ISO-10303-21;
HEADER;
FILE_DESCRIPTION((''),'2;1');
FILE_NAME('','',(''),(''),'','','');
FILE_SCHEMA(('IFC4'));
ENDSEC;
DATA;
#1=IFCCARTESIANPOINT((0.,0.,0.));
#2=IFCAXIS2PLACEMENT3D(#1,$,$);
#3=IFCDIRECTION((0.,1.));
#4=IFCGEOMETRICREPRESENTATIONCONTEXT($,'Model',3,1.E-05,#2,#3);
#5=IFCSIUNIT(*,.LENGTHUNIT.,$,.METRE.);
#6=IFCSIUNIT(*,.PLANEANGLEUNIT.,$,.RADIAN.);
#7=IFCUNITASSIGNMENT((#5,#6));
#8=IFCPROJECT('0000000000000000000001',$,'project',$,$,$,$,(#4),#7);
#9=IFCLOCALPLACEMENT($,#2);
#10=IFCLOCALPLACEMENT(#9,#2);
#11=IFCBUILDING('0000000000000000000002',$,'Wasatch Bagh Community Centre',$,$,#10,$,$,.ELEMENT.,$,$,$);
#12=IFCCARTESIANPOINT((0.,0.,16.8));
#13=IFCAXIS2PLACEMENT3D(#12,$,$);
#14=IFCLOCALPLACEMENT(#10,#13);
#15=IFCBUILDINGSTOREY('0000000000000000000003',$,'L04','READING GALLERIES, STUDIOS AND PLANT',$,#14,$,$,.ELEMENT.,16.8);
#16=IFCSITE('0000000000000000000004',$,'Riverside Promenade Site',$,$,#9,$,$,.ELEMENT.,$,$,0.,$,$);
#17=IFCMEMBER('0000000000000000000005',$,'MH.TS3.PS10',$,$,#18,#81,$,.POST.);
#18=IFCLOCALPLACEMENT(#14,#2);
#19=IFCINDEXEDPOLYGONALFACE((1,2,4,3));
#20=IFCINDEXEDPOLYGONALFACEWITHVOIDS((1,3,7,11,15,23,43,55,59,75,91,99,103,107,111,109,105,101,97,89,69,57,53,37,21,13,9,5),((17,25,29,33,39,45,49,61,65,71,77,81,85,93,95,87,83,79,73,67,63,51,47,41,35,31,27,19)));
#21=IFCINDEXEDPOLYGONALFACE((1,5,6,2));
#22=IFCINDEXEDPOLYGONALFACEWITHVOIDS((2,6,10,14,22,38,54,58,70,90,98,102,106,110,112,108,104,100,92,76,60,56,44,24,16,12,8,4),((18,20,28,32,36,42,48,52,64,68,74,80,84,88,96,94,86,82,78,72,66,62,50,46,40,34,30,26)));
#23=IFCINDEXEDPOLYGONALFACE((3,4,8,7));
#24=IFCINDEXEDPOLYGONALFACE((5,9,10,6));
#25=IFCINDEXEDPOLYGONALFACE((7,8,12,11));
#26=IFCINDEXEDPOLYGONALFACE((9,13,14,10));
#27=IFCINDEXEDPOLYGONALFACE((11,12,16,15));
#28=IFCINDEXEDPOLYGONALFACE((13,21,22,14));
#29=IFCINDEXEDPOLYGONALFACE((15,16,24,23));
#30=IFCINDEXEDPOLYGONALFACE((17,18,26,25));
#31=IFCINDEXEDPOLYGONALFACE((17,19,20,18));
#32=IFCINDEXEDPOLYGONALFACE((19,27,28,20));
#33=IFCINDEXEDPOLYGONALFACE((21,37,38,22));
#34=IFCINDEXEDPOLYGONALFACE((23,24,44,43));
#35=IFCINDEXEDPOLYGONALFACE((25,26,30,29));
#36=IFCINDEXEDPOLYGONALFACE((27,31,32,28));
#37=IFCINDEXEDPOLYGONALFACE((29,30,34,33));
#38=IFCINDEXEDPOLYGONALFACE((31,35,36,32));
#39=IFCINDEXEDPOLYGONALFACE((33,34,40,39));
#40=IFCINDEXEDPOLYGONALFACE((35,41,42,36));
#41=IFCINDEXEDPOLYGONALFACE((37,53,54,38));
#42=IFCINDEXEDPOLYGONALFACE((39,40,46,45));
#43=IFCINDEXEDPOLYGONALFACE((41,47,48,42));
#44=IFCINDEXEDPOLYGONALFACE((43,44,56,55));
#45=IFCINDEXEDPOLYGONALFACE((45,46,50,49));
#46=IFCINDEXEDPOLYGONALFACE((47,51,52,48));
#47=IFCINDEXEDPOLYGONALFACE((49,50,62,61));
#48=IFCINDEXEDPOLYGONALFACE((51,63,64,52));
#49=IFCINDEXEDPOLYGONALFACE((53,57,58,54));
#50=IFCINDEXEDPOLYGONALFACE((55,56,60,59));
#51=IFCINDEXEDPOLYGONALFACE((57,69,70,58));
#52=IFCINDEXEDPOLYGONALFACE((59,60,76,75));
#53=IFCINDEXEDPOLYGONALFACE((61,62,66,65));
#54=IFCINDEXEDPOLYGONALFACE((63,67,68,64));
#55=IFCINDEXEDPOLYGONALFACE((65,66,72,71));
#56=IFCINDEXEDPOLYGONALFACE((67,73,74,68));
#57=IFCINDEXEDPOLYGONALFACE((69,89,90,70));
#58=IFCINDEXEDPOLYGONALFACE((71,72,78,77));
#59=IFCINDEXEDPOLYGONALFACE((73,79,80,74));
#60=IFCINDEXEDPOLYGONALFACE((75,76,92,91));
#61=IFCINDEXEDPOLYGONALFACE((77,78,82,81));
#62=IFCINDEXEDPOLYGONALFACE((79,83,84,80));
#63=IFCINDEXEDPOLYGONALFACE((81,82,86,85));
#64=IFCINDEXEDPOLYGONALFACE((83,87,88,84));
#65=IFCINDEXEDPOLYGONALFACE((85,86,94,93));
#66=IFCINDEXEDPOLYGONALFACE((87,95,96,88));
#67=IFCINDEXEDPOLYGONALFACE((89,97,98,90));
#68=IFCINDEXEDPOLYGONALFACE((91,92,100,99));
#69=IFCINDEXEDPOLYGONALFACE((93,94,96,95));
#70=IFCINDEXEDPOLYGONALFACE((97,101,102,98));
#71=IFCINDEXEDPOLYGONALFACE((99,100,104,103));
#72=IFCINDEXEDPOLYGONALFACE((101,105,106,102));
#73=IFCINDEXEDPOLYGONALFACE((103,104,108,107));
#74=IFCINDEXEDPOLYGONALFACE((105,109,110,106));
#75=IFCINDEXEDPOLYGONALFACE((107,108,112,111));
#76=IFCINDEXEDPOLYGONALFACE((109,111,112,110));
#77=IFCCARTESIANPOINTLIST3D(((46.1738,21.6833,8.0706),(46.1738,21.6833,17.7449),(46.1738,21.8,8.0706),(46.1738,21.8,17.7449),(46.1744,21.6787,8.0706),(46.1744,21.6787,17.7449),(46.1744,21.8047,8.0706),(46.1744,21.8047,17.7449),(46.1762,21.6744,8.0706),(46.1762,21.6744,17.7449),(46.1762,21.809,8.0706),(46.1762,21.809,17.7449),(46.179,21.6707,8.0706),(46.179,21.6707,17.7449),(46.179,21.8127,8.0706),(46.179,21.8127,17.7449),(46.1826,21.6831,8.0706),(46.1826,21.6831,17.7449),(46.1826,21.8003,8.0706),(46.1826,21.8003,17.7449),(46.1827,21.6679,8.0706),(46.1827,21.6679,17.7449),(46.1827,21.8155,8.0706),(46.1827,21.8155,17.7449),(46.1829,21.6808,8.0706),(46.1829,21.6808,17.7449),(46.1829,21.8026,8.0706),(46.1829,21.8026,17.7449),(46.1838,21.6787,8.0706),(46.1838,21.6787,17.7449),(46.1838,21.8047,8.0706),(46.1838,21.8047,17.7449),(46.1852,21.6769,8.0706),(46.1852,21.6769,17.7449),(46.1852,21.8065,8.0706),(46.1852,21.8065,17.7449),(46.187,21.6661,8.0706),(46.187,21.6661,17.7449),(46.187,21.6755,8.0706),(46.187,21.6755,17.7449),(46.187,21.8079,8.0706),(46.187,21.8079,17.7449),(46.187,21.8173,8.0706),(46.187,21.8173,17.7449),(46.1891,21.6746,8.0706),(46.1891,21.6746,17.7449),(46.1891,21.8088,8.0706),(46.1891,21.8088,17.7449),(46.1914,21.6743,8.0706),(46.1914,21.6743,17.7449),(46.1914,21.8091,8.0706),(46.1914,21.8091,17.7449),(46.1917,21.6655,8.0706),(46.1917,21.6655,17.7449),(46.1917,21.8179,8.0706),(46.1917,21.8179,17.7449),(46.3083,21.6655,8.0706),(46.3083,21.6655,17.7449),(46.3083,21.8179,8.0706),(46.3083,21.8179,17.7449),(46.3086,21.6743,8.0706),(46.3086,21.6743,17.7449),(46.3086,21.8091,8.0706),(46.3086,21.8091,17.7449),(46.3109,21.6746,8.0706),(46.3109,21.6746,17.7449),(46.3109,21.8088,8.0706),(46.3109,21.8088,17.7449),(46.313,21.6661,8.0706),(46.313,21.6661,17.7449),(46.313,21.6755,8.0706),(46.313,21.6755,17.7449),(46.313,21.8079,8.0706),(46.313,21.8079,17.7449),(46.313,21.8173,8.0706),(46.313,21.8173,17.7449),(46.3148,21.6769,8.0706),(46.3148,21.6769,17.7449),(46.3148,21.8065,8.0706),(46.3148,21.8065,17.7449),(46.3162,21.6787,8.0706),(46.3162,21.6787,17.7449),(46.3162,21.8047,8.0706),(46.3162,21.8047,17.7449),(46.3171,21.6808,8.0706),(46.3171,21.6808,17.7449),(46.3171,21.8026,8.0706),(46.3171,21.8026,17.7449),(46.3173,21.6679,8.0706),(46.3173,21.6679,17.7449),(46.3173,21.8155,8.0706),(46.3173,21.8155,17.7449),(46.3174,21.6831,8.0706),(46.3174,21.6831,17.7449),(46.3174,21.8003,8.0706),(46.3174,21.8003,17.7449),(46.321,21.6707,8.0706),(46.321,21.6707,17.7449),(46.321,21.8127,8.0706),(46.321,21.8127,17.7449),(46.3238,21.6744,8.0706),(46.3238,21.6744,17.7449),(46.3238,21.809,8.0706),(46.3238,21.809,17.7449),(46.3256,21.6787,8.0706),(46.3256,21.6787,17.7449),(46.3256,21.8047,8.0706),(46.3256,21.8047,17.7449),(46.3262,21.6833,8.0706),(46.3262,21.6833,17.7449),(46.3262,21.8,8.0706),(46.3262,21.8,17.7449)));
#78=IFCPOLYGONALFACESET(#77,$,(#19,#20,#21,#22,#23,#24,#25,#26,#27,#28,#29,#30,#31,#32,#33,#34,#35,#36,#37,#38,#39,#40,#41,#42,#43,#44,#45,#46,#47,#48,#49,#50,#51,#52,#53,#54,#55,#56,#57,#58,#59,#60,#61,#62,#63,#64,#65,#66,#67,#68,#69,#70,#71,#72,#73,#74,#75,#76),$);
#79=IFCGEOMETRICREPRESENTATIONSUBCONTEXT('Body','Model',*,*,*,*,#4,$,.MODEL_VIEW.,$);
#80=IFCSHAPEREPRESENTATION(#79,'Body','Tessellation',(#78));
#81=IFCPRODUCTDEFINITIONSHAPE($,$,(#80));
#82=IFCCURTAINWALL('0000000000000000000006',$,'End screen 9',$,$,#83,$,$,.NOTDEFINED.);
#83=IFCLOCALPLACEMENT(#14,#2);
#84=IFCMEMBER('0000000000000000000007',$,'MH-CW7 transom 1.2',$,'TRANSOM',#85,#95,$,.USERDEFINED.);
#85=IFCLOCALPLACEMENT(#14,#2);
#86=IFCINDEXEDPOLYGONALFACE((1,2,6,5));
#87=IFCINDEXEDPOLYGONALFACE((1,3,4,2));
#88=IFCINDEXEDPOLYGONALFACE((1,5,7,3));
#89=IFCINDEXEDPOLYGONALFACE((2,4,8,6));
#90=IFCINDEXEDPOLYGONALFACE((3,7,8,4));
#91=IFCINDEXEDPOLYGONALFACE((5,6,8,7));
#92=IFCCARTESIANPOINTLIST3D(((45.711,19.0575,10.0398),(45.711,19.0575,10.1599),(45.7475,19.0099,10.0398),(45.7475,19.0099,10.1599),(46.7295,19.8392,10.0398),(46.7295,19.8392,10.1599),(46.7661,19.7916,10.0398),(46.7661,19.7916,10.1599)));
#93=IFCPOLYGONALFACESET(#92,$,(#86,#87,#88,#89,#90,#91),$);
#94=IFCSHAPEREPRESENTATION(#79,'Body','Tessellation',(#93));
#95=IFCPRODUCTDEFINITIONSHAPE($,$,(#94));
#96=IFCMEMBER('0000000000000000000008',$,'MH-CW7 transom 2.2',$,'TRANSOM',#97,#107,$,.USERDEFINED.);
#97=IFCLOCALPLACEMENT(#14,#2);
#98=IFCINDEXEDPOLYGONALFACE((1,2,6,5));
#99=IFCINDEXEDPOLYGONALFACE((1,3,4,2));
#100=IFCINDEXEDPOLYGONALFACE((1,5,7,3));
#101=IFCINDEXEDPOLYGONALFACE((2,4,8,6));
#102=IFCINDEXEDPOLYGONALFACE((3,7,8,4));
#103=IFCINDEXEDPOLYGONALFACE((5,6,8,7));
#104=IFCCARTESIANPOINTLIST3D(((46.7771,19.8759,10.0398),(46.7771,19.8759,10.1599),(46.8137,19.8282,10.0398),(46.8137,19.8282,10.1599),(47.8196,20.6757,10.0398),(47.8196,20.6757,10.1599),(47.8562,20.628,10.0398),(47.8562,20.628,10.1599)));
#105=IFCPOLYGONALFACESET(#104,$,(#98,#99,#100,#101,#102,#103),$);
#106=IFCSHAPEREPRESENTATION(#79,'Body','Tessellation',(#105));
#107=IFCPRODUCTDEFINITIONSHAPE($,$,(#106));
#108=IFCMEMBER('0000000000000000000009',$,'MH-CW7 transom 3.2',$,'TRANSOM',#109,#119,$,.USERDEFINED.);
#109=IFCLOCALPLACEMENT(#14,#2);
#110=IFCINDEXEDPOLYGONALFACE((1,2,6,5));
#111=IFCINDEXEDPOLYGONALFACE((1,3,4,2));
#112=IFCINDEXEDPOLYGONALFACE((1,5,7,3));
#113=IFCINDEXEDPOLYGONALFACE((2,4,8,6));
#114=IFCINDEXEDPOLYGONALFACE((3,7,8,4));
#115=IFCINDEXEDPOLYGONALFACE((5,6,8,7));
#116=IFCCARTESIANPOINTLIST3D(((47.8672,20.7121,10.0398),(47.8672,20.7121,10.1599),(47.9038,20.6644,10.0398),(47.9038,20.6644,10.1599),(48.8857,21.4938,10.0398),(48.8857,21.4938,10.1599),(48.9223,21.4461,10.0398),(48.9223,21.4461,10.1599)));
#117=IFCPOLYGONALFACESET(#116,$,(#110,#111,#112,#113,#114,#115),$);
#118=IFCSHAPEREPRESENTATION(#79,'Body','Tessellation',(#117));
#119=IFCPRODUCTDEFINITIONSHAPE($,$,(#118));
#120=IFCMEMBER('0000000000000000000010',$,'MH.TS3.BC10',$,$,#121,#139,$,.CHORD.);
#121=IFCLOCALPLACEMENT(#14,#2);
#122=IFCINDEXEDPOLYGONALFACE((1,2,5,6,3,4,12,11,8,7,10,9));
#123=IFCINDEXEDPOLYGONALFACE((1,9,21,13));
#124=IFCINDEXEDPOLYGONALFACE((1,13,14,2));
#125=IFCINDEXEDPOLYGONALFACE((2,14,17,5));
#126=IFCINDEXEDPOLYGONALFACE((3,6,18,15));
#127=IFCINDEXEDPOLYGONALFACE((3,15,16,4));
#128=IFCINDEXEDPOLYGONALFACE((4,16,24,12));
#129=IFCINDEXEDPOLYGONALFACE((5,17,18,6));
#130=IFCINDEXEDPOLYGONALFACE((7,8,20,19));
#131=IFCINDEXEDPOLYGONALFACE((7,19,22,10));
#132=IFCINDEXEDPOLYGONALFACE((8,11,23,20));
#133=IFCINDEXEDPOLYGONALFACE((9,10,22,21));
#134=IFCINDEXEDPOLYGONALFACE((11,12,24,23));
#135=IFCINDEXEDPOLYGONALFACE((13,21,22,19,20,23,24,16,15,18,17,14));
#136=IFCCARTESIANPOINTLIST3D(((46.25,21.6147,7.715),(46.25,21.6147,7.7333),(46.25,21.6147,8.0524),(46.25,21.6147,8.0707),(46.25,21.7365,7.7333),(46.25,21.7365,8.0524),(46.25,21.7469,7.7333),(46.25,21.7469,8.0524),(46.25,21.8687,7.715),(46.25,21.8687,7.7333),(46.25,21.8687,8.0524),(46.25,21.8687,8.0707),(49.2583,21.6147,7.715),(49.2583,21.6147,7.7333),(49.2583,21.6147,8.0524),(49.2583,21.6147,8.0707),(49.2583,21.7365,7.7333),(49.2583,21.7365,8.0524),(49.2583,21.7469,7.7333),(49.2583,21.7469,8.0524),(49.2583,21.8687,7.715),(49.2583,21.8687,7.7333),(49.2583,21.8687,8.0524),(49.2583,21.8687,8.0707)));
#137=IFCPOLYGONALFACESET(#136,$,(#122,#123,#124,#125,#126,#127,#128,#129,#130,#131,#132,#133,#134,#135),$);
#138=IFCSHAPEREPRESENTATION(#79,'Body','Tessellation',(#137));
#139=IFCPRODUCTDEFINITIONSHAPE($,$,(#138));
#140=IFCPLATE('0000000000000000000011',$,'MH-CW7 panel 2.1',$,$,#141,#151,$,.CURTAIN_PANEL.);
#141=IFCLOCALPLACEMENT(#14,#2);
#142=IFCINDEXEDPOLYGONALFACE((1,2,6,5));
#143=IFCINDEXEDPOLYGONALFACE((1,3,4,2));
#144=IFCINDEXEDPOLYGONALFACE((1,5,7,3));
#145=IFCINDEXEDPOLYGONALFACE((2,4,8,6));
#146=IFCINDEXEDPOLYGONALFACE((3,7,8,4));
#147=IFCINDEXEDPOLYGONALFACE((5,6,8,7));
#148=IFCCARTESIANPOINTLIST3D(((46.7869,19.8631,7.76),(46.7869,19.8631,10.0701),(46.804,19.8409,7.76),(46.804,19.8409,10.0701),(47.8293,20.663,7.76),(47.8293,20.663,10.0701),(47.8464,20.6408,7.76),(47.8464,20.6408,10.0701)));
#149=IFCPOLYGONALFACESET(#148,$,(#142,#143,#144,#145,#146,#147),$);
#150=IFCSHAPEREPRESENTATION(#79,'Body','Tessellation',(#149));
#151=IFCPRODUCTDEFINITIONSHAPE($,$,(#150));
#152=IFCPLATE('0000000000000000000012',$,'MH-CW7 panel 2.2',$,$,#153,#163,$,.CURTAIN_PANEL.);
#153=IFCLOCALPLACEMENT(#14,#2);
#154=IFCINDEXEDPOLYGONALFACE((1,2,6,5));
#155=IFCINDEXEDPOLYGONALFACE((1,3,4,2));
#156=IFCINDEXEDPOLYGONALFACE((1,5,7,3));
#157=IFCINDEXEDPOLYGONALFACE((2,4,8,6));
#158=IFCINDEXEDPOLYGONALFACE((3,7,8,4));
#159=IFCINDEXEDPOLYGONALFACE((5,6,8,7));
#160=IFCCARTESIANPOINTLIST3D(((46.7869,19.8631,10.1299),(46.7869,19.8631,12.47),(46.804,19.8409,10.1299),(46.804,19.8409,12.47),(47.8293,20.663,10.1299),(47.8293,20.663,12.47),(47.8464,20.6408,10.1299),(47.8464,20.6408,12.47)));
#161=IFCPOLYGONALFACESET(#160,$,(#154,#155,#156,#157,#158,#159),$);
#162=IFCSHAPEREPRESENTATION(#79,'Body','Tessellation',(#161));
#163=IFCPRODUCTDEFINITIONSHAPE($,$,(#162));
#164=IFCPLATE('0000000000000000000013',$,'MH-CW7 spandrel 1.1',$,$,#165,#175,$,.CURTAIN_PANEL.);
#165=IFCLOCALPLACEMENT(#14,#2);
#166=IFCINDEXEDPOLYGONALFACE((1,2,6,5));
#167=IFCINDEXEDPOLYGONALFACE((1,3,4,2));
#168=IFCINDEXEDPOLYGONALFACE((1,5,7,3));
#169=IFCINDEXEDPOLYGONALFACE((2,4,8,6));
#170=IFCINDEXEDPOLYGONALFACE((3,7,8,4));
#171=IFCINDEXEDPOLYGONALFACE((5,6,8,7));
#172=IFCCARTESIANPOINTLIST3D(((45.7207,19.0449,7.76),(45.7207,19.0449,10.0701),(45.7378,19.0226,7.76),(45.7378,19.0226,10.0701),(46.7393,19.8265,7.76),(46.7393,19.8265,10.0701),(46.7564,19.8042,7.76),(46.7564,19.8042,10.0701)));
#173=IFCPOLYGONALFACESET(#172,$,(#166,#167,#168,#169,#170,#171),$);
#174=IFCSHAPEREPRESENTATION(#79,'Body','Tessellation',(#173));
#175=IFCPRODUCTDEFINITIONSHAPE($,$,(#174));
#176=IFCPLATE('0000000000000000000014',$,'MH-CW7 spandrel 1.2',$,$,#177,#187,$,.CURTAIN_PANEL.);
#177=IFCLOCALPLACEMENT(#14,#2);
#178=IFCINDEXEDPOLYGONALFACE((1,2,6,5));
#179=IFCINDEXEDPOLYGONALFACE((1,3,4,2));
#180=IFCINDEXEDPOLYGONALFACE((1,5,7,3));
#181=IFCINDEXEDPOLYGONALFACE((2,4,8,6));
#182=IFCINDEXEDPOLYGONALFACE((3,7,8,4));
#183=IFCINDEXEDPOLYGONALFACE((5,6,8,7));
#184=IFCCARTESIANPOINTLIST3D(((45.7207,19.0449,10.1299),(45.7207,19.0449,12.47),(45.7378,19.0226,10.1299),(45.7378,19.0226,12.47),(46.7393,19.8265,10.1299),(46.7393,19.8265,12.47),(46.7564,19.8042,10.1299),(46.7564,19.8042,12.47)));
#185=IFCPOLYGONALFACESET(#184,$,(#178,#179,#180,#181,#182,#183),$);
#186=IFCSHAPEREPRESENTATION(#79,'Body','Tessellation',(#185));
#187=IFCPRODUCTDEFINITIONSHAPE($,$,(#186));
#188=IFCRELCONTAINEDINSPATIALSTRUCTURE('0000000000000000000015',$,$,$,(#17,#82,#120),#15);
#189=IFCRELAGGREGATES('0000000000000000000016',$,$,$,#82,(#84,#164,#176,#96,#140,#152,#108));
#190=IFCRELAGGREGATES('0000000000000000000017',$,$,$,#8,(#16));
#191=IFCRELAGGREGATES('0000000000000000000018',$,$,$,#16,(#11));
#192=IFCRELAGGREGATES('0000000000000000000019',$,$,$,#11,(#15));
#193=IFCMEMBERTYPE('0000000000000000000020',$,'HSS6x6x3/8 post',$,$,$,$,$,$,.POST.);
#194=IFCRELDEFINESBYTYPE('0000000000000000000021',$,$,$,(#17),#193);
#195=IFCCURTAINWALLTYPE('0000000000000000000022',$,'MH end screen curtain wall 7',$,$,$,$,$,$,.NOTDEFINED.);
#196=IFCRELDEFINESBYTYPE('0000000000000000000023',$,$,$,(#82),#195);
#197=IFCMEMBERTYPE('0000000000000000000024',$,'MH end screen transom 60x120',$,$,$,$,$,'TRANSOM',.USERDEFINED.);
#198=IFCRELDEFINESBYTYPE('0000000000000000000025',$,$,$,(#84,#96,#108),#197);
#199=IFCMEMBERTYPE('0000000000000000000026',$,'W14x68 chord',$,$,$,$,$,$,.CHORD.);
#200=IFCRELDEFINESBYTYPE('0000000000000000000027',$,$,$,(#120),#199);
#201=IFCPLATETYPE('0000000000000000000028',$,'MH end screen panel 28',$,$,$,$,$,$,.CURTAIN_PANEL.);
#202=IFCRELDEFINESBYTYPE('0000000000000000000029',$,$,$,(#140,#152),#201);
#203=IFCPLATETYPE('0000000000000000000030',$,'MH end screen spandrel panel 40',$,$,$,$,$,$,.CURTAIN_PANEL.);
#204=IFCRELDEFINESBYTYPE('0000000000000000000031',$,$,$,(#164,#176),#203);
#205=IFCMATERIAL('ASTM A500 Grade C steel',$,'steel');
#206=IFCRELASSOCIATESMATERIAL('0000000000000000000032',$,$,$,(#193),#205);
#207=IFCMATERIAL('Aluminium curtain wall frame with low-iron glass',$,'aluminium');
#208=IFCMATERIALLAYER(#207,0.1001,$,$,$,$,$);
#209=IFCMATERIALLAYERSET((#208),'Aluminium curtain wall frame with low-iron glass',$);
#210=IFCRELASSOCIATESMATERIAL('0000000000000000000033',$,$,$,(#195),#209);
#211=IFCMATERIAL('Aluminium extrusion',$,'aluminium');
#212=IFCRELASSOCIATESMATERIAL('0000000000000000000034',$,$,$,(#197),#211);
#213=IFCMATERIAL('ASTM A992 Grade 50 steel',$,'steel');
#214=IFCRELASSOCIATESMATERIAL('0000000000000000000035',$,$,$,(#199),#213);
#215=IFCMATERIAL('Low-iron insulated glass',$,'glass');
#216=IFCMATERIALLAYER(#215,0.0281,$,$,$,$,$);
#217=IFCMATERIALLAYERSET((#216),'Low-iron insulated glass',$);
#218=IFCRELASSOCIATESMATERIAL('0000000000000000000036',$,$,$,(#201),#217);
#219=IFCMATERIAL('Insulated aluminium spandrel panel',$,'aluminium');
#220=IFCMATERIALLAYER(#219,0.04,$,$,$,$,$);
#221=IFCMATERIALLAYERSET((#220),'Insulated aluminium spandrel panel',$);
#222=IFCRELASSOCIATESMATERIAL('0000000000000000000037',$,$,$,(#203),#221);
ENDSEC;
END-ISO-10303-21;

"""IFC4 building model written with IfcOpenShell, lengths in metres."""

from ifc_helpers import new_model, si_unit, direction, frame, origin, origin_2d, place, context, subcontext, project, spatial, rectangle, hollow_rectangle, i_section, extrude, material, layer, layer_set, material_profile, profile_set, type_object, element, aggregate, save


model = new_model("IFC4")

# Units and contexts
model_context = context("Model", 3, precision=1e-05, world=origin(), true_north=direction((0.0, 1.0)))
body_context = subcontext(model_context, "Body", "Model", "MODEL_VIEW")
ifc_project = project(units=[si_unit("LENGTHUNIT", "METRE"), si_unit("PLANEANGLEUNIT", "RADIAN")], contexts=[model_context])

# Site, building, storey
site_placement = place(None, origin())
site = spatial("IfcSite", under=ifc_project, at=site_placement, Name="Riverside Promenade Site", CompositionType="ELEMENT", RefElevation=0.0)
building_placement = place(site_placement, origin())
building = spatial("IfcBuilding", under=site, at=building_placement, Name="Wasatch Bagh Community Centre", CompositionType="ELEMENT")
storey_placement = place(building_placement, frame((0.0, 0.0, 16.8)))
storey = spatial("IfcBuildingStorey", under=building, at=storey_placement, Name="L04", Description="READING GALLERIES, STUDIOS AND PLANT", CompositionType="ELEMENT", Elevation=16.8)

# Member
ifc_material_1 = material(Name="ASTM A500 Grade C steel", Category="steel")
ifc_material_profile_1 = material_profile(ifc_material_1, hollow_rectangle(XDim=0.1523, YDim=0.1523, WallThickness=0.0088, InnerFilletRadius=0.0088, OuterFilletRadius=0.0178, at=origin_2d()), Name="HSS6x6x3/8")
ifc_profile_set_1 = profile_set([ifc_material_profile_1], Name="ASTM A500 Grade C steel")
member_type_1 = type_object("IfcMemberType", Name="HSS6x6x3/8 post", PredefinedType="POST", material=ifc_profile_set_1)
member_1_placement = place(storey_placement, frame((46.25, 21.7417, 8.0706), z_axis=(0.0, 0.0, 1.0), x_axis=(1.0, 0.0, 0.0)))
element("IfcMember", 1, at=member_1_placement, inside=storey, type_object=member_type_1, Name="MH.TS3.PS10", PredefinedType="POST", context=body_context, shape_type="SweptSolid", body=[
    extrude(hollow_rectangle(XDim=0.1523, YDim=0.1523, WallThickness=0.0088, InnerFilletRadius=0.0088, OuterFilletRadius=0.0178, at=origin_2d()), origin(), (0.0, 0.0, 1.0), 9.6743),
])

# Curtain wall, members
ifc_material_2 = material(Name="Aluminium curtain wall frame with low-iron glass", Category="aluminium")
ifc_layer_1 = layer(ifc_material_2, 0.1001)
ifc_layer_set_1 = layer_set([ifc_layer_1], Name="Aluminium curtain wall frame with low-iron glass")
curtain_wall_type = type_object("IfcCurtainWallType", Name="MH end screen curtain wall 7", PredefinedType="NOTDEFINED", material=ifc_layer_set_1)
curtain_wall_placement = place(storey_placement, origin())
curtain_wall = element("IfcCurtainWall", 2, at=curtain_wall_placement, inside=storey, type_object=curtain_wall_type, Name="End screen 9", PredefinedType="NOTDEFINED")
ifc_material_3 = material(Name="Aluminium extrusion", Category="aluminium")
ifc_material_profile_2 = material_profile(ifc_material_3, rectangle(XDim=0.0601, YDim=0.1201, at=origin_2d()), Name="AL 60x120")
ifc_profile_set_2 = profile_set([ifc_material_profile_2], Name="Aluminium extrusion")
member_type_2 = type_object("IfcMemberType", Name="MH end screen transom 60x120", ElementType="TRANSOM", PredefinedType="USERDEFINED", material=ifc_profile_set_2)
member_2_placement = place(storey_placement, frame((45.7292, 19.0337, 10.0999), z_axis=(0.793288, 0.608847, 0.0), x_axis=(-0.608847, 0.793288, 0.0)))
member_2 = element("IfcMember", 3, at=member_2_placement, type_object=member_type_2, Name="MH-CW7 transom 1.2", ObjectType="TRANSOM", PredefinedType="USERDEFINED", context=body_context, shape_type="SweptSolid", body=[
    extrude(rectangle(XDim=0.0601, YDim=0.1201, at=origin_2d()), origin(), (0.0, 0.0, 1.0), 1.2839),
])
member_3_placement = place(storey_placement, frame((46.7954, 19.8521, 10.0999), z_axis=(0.793397, 0.608705, 0.0), x_axis=(-0.608705, 0.793397, 0.0)))
member_3 = element("IfcMember", 4, at=member_3_placement, type_object=member_type_2, Name="MH-CW7 transom 2.2", ObjectType="TRANSOM", PredefinedType="USERDEFINED", context=body_context, shape_type="SweptSolid", body=[
    extrude(rectangle(XDim=0.0601, YDim=0.1201, at=origin_2d()), origin(), (0.0, 0.0, 1.0), 1.314),
])
member_4_placement = place(storey_placement, frame((47.8855, 20.6882, 10.0999), z_axis=(0.793288, 0.608847, 0.0), x_axis=(-0.608847, 0.793288, 0.0)))
member_4 = element("IfcMember", 5, at=member_4_placement, type_object=member_type_2, Name="MH-CW7 transom 3.2", ObjectType="TRANSOM", PredefinedType="USERDEFINED", context=body_context, shape_type="SweptSolid", body=[
    extrude(rectangle(XDim=0.0601, YDim=0.1201, at=origin_2d()), origin(), (0.0, 0.0, 1.0), 1.2839),
])

# Member
ifc_material_4 = material(Name="ASTM A992 Grade 50 steel", Category="steel")
ifc_material_profile_3 = material_profile(ifc_material_4, i_section(OverallWidth=0.2539, OverallDepth=0.3557, WebThickness=0.0105, FlangeThickness=0.0183, at=origin_2d()), Name="W14x68")
ifc_profile_set_3 = profile_set([ifc_material_profile_3], Name="ASTM A992 Grade 50 steel")
member_type_3 = type_object("IfcMemberType", Name="W14x68 chord", PredefinedType="CHORD", material=ifc_profile_set_3)
member_5_placement = place(storey_placement, frame((46.25, 21.7417, 7.8928), z_axis=(1.0, 0.0, 0.0), x_axis=(0.0, 1.0, 0.0)))
element("IfcMember", 6, at=member_5_placement, inside=storey, type_object=member_type_3, Name="MH.TS3.BC10", PredefinedType="CHORD", context=body_context, shape_type="SweptSolid", body=[
    extrude(i_section(OverallWidth=0.2539, OverallDepth=0.3557, WebThickness=0.0105, FlangeThickness=0.0183, at=origin_2d()), origin(), (0.0, 0.0, 1.0), 3.0083),
])

# Plates
ifc_material_5 = material(Name="Low-iron insulated glass", Category="glass")
ifc_layer_2 = layer(ifc_material_5, 0.0281)
ifc_layer_set_2 = layer_set([ifc_layer_2], Name="Low-iron insulated glass")
plate_type_1 = type_object("IfcPlateType", Name="MH end screen panel 28", PredefinedType="CURTAIN_PANEL", material=ifc_layer_set_2)
plate_1_placement = place(storey_placement, frame((47.3167, 20.252, 7.76), z_axis=(0.0, 0.0, 1.0), x_axis=(0.793353, 0.608761, 0.0)))
plate_1 = element("IfcPlate", 7, at=plate_1_placement, type_object=plate_type_1, Name="MH-CW7 panel 2.1", PredefinedType="CURTAIN_PANEL", context=body_context, shape_type="SweptSolid", body=[
    extrude(rectangle(XDim=1.314, YDim=0.0281, at=origin_2d()), origin(), (0.0, 0.0, 1.0), 2.3101),
])
plate_2_placement = place(storey_placement, frame((47.3167, 20.252, 10.1299), z_axis=(0.0, 0.0, 1.0), x_axis=(0.793353, 0.608761, 0.0)))
plate_2 = element("IfcPlate", 8, at=plate_2_placement, type_object=plate_type_1, Name="MH-CW7 panel 2.2", PredefinedType="CURTAIN_PANEL", context=body_context, shape_type="SweptSolid", body=[
    extrude(rectangle(XDim=1.314, YDim=0.0281, at=origin_2d()), origin(), (0.0, 0.0, 1.0), 2.3401),
])
ifc_material_6 = material(Name="Insulated aluminium spandrel panel", Category="aluminium")
ifc_layer_3 = layer(ifc_material_6, 0.04)
ifc_layer_set_3 = layer_set([ifc_layer_3], Name="Insulated aluminium spandrel panel")
plate_type_2 = type_object("IfcPlateType", Name="MH end screen spandrel panel 40", PredefinedType="CURTAIN_PANEL", material=ifc_layer_set_3)
plate_3_placement = place(storey_placement, frame((46.2385, 19.4246, 7.76), z_axis=(0.0, 0.0, 1.0), x_axis=(0.793353, 0.608761, 0.0)))
plate_3 = element("IfcPlate", 9, at=plate_3_placement, type_object=plate_type_2, Name="MH-CW7 spandrel 1.1", PredefinedType="CURTAIN_PANEL", context=body_context, shape_type="SweptSolid", body=[
    extrude(rectangle(XDim=1.2839, YDim=0.0281, at=origin_2d()), origin(), (0.0, 0.0, 1.0), 2.3101),
])
plate_4_placement = place(storey_placement, frame((46.2385, 19.4246, 10.1299), z_axis=(0.0, 0.0, 1.0), x_axis=(0.793353, 0.608761, 0.0)))
plate_4 = element("IfcPlate", 10, at=plate_4_placement, type_object=plate_type_2, Name="MH-CW7 spandrel 1.2", PredefinedType="CURTAIN_PANEL", context=body_context, shape_type="SweptSolid", body=[
    extrude(rectangle(XDim=1.2839, YDim=0.0281, at=origin_2d()), origin(), (0.0, 0.0, 1.0), 2.3401),
])
aggregate(curtain_wall, [member_2, plate_3, plate_4, member_3, plate_1, plate_2, member_4])

save(model, "model.ifc")
